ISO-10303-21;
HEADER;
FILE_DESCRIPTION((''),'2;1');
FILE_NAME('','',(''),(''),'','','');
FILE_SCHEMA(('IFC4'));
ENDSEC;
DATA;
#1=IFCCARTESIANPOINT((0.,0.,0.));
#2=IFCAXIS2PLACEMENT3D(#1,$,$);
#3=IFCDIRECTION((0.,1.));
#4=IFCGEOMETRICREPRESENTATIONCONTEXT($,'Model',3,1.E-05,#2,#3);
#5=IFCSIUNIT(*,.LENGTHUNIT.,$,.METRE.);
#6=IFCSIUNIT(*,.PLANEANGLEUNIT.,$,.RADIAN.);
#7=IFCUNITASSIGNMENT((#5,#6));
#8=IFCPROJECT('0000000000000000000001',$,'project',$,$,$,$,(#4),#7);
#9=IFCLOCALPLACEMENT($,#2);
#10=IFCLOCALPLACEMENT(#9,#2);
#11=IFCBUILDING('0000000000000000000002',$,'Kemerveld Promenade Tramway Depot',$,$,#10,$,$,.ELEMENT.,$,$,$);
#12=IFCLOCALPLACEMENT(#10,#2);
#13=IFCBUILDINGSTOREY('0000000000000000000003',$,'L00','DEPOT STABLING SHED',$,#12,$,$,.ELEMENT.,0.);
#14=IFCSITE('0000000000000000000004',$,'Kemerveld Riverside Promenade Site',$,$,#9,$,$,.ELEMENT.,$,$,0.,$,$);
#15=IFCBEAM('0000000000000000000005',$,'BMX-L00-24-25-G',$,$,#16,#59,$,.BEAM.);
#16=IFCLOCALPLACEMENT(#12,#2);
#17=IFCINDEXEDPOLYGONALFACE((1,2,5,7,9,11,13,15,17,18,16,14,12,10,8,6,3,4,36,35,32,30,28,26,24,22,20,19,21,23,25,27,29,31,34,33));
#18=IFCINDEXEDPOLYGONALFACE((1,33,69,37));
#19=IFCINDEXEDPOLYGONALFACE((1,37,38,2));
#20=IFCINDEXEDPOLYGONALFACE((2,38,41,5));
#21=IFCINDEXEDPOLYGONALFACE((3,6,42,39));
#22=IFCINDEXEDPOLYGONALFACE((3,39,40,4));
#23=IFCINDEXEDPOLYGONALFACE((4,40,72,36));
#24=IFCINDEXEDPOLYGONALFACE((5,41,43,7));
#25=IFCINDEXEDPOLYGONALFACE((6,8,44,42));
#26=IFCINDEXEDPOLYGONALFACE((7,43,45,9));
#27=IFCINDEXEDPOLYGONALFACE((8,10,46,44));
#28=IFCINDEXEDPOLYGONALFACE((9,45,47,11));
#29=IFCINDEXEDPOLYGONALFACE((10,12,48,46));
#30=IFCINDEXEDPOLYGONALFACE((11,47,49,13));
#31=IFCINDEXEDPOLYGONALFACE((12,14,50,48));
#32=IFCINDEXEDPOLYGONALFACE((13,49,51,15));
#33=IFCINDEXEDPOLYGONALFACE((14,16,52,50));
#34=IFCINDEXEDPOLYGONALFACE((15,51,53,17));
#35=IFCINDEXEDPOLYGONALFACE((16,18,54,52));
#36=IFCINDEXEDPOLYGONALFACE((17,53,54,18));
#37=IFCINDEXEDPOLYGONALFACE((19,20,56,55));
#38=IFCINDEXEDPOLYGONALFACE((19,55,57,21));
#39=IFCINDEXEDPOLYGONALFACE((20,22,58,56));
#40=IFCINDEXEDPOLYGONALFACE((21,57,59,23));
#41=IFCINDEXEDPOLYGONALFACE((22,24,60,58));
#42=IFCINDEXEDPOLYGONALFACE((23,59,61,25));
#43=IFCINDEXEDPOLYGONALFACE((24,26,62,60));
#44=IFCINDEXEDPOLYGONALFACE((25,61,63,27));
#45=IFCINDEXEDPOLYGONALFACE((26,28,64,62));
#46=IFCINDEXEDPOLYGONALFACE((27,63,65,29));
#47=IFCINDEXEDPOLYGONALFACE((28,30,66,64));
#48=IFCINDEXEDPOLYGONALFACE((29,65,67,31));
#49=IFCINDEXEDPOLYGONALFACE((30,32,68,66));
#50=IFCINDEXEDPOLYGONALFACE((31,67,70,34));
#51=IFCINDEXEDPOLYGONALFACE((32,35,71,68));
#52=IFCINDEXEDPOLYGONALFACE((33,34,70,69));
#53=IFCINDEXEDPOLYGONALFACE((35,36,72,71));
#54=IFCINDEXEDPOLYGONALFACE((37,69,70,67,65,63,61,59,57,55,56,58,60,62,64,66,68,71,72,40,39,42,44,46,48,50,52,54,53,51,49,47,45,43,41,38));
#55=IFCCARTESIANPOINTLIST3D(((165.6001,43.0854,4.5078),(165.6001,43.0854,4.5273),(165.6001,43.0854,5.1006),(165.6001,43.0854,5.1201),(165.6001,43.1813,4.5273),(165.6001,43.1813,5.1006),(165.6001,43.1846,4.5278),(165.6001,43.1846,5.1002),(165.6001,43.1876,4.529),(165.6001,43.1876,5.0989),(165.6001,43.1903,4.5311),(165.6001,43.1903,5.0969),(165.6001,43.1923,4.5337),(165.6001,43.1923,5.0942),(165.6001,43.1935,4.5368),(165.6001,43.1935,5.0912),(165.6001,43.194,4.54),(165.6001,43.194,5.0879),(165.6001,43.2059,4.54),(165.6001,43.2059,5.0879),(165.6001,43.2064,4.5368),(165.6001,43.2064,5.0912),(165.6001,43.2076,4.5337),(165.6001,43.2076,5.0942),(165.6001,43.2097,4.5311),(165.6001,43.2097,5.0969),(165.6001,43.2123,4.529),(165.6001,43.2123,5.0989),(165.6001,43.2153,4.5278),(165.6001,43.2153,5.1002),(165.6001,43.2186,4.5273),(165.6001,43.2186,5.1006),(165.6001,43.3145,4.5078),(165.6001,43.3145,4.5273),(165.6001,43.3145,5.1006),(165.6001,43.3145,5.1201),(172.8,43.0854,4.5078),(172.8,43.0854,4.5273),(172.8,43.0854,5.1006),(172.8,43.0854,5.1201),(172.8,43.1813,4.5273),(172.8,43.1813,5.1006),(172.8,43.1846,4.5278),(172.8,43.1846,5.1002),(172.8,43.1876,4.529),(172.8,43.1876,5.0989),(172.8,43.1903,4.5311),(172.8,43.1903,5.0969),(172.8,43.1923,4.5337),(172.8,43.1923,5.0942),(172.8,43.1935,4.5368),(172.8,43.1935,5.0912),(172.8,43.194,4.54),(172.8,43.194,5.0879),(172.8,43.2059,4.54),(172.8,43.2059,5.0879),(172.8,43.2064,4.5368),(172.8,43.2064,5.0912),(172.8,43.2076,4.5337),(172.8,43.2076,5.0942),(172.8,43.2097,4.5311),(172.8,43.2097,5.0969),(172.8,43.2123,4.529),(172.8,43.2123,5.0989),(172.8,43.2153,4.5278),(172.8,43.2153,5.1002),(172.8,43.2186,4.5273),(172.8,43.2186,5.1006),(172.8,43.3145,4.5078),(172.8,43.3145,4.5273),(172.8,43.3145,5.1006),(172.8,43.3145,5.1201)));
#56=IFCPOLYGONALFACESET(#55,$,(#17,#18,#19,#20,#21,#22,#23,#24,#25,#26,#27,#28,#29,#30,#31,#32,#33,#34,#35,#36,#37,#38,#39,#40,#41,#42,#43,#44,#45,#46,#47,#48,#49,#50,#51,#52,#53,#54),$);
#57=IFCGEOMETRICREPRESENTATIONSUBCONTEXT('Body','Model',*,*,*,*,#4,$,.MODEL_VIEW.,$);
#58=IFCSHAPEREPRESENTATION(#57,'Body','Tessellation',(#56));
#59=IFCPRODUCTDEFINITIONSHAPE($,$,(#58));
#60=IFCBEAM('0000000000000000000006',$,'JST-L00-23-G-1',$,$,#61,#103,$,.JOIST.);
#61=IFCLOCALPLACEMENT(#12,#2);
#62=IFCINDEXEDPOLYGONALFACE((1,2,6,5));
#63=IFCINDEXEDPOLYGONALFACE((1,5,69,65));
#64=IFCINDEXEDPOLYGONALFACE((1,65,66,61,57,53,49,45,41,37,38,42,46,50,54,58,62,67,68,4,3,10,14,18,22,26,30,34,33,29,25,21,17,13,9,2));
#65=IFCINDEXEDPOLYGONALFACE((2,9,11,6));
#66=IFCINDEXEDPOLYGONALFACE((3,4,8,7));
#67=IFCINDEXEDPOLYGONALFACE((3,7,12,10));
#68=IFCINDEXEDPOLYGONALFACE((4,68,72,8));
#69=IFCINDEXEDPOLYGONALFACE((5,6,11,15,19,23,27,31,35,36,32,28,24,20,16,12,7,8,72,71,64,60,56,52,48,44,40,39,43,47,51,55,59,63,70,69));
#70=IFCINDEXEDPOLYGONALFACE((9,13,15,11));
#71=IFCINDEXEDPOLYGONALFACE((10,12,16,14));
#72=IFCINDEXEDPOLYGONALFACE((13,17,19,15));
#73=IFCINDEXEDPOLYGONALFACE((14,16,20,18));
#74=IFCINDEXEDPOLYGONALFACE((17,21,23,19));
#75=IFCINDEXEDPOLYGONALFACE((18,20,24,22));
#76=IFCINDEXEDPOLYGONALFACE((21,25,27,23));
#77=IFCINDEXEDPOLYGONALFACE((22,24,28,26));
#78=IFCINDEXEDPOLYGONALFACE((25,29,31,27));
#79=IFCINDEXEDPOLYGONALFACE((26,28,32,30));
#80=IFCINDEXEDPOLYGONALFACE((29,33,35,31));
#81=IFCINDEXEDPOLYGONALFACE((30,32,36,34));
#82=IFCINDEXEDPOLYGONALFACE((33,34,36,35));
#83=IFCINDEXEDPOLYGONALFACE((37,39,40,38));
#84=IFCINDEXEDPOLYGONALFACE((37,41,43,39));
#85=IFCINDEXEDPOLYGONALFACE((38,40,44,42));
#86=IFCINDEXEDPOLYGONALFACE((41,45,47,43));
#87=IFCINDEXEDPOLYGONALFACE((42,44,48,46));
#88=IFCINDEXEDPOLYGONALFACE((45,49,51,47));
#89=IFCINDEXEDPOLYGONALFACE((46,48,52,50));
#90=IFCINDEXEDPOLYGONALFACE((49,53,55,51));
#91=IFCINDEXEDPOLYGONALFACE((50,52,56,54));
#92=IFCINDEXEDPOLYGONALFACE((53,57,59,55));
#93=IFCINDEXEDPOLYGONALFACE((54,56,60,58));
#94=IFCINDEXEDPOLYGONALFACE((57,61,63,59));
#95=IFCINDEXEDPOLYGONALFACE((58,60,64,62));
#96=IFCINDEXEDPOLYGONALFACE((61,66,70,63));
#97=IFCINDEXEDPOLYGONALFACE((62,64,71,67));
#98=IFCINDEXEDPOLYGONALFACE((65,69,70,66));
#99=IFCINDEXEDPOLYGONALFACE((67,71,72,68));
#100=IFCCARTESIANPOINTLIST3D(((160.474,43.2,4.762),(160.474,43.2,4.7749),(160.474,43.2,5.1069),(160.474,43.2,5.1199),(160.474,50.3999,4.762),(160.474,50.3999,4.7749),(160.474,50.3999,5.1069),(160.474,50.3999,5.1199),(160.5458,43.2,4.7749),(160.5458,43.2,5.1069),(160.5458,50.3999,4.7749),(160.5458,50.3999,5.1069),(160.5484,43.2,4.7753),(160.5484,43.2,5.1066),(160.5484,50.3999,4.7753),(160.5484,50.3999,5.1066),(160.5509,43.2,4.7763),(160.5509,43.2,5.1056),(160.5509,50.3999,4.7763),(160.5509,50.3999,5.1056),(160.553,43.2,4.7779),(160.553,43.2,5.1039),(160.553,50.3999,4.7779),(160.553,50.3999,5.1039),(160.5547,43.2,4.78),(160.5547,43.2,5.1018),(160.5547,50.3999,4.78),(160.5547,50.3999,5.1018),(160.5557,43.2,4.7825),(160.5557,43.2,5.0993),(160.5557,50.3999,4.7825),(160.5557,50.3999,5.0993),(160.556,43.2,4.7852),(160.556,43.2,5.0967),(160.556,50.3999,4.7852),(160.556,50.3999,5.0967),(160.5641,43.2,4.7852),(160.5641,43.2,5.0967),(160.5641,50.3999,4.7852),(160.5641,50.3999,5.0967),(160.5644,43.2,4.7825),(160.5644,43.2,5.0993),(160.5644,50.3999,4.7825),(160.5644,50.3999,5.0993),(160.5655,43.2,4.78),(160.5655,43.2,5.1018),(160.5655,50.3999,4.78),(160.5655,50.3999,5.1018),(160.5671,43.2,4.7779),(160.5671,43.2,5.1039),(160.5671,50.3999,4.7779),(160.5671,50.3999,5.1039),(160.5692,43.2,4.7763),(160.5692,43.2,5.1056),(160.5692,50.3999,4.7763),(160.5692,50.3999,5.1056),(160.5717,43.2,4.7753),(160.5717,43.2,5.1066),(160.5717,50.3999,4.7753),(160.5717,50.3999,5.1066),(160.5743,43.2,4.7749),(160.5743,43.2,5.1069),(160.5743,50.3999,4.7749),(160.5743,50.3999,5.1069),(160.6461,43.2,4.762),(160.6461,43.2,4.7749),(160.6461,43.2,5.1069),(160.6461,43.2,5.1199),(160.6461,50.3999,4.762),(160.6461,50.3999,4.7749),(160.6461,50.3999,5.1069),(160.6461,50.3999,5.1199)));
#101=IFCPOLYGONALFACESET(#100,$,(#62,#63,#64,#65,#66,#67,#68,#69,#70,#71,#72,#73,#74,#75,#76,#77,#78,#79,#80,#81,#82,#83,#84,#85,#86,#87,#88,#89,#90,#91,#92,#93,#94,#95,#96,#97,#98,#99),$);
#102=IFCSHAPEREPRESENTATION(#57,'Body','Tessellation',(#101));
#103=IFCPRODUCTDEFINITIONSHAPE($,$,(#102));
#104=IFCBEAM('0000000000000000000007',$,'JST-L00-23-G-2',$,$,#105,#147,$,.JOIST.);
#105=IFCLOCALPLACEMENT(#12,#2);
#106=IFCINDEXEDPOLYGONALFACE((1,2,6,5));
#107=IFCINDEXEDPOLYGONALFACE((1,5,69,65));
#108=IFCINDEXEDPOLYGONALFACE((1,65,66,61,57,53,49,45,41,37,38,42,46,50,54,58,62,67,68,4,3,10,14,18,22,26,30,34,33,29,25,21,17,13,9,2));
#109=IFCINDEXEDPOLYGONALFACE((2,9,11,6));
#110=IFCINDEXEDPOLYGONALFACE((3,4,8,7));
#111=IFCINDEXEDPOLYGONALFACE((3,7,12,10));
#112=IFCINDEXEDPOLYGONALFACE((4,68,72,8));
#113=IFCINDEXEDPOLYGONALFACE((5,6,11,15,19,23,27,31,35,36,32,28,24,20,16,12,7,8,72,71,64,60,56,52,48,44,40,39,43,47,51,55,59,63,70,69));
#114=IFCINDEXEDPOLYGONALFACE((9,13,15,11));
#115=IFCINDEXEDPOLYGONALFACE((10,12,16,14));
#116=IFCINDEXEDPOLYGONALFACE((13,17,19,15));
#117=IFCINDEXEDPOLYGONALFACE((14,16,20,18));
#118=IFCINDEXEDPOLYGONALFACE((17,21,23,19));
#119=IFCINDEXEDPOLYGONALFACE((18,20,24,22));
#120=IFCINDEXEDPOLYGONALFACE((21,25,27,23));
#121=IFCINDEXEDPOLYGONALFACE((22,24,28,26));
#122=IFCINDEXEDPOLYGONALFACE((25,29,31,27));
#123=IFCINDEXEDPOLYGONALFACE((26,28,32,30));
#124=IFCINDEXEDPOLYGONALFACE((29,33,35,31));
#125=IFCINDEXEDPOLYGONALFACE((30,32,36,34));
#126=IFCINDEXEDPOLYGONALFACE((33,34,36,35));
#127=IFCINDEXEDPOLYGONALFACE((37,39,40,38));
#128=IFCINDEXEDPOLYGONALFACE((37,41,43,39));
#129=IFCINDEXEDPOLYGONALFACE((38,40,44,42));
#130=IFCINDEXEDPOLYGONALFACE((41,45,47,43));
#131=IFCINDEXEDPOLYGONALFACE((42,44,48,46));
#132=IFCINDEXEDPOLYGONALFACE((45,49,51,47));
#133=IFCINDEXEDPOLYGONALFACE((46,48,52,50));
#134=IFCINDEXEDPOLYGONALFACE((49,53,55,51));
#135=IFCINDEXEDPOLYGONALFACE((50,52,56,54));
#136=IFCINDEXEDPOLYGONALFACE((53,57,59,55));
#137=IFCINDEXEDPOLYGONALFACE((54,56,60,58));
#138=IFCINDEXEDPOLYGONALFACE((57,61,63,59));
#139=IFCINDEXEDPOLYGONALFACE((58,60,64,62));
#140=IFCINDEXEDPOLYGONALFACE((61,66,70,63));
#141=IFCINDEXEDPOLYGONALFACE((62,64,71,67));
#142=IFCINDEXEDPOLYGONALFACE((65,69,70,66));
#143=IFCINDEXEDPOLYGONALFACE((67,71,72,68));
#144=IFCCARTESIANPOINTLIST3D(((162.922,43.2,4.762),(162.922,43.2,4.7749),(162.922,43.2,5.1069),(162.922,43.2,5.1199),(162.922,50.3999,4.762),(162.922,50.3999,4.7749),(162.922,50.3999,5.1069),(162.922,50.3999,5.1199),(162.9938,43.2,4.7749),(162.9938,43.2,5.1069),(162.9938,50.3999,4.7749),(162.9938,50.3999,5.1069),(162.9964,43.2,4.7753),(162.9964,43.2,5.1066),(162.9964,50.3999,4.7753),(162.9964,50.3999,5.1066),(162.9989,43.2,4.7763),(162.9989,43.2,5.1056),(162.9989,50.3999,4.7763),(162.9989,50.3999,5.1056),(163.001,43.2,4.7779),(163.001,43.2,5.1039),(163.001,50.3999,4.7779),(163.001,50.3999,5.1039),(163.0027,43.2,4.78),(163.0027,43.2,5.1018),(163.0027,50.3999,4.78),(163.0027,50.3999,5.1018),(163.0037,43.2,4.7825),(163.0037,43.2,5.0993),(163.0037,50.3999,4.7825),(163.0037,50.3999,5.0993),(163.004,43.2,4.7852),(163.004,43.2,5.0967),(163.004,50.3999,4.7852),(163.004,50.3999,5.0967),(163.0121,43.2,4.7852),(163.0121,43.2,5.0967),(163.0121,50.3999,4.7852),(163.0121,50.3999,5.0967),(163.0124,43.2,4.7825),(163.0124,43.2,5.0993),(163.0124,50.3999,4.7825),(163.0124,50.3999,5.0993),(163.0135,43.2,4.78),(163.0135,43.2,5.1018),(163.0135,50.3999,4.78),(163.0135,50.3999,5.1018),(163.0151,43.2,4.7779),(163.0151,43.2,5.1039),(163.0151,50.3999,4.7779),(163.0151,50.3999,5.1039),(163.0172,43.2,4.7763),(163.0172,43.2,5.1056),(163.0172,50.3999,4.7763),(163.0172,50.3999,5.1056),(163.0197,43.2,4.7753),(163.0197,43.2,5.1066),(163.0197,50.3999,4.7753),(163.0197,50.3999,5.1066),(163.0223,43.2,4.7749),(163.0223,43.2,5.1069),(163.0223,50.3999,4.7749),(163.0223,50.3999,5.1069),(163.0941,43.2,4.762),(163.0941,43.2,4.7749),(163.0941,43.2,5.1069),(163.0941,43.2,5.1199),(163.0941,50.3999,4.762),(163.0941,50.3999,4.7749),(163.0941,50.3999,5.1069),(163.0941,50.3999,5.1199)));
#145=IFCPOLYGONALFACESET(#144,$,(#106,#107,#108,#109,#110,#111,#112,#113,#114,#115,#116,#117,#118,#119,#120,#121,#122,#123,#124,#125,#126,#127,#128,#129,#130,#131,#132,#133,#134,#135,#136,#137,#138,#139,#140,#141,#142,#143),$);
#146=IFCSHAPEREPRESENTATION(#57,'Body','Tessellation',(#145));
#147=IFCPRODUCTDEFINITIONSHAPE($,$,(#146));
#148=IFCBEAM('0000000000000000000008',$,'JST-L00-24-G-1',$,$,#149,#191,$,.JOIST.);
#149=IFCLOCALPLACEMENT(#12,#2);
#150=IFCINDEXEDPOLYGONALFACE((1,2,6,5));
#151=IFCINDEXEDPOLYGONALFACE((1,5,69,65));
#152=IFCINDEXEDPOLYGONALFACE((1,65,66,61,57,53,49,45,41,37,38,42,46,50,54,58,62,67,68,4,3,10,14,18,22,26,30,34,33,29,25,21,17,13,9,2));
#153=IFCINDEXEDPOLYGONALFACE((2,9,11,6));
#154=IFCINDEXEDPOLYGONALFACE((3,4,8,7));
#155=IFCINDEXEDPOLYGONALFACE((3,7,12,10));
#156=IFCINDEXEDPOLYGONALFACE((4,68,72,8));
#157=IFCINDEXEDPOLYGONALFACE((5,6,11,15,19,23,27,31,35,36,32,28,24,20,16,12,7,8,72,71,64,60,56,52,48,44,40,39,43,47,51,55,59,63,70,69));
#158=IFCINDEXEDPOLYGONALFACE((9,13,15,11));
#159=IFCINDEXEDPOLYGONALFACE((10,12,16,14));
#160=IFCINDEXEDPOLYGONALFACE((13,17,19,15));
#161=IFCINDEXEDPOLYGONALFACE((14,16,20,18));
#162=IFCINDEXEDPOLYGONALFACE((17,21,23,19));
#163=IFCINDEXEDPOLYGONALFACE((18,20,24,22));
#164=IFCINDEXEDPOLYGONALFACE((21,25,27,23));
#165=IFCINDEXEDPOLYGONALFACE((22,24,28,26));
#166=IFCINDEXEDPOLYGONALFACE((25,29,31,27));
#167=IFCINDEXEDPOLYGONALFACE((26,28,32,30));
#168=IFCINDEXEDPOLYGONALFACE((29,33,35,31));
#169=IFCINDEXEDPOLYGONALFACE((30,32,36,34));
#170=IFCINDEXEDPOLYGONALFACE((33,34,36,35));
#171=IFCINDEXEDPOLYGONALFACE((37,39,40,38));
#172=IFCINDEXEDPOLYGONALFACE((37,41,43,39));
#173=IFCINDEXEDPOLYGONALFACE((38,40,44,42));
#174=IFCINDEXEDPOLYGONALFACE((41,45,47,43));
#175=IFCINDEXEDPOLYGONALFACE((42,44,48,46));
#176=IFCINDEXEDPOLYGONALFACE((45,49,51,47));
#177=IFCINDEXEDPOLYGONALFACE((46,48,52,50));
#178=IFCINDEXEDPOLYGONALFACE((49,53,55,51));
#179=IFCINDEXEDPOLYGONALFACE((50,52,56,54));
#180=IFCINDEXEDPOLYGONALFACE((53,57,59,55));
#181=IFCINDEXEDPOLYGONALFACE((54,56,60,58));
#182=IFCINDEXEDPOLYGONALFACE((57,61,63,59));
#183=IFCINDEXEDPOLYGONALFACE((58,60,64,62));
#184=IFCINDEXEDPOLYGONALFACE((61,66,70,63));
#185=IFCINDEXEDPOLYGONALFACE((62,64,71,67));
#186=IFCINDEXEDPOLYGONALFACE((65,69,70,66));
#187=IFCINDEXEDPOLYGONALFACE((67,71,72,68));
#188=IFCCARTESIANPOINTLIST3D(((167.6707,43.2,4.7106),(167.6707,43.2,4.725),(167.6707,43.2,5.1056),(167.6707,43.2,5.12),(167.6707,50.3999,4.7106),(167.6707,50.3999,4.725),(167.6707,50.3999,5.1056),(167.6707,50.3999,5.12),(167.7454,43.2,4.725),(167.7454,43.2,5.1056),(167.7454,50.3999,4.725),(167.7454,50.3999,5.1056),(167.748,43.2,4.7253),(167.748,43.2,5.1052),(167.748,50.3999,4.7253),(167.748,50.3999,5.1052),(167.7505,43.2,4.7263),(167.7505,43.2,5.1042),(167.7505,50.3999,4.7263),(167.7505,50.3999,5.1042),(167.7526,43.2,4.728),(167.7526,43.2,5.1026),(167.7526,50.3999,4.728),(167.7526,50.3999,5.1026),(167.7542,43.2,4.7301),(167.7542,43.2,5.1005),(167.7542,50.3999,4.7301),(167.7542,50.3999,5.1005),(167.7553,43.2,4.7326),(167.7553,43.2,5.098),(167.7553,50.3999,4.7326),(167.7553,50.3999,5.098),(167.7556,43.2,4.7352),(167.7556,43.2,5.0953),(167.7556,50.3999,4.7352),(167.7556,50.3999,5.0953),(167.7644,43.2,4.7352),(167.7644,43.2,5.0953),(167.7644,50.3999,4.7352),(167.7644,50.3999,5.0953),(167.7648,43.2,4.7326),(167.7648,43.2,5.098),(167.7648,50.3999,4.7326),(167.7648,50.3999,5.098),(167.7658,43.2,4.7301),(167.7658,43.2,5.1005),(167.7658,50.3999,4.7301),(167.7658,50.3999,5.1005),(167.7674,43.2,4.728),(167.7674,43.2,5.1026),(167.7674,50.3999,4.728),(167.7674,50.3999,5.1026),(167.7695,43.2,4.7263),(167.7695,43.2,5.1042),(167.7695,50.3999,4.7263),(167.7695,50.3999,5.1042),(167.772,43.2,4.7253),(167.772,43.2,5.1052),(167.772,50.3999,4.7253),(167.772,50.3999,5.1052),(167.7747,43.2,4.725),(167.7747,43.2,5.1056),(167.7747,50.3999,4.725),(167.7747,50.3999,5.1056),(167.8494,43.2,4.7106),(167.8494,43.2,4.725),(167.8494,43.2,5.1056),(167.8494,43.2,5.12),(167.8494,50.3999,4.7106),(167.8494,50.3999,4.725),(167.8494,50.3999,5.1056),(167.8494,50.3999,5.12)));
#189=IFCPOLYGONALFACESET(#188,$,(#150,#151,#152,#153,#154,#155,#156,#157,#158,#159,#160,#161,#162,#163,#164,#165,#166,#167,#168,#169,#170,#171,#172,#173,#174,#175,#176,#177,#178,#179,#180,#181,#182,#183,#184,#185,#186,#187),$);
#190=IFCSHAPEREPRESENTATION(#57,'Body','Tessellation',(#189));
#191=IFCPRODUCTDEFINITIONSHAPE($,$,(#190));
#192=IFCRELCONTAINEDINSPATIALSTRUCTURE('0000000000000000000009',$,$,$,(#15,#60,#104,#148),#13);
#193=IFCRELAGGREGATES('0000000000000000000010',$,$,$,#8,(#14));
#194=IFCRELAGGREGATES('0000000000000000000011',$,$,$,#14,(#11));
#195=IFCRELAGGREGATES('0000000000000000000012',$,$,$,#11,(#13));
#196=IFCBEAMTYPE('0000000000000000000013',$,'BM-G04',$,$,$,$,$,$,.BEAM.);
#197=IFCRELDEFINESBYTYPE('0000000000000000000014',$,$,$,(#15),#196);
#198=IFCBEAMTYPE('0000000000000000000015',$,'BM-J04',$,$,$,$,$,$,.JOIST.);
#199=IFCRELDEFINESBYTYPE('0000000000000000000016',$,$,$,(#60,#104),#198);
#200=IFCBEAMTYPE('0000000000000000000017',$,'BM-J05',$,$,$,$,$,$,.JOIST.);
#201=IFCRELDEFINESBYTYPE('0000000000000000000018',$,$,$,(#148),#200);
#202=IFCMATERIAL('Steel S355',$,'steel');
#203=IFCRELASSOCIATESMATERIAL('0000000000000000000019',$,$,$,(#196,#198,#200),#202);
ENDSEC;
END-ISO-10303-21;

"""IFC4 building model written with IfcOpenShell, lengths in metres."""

from ifc_helpers import new_model, si_unit, direction, frame, origin, origin_2d, place, context, subcontext, project, spatial, i_section, extrude, material, material_profile, profile_set, type_object, element, save


model = new_model("IFC4")

# Units and contexts
model_context = context("Model", 3, precision=1e-05, world=origin(), true_north=direction((0.0, 1.0)))
body_context = subcontext(model_context, "Body", "Model", "MODEL_VIEW")
ifc_project = project(units=[si_unit("LENGTHUNIT", "METRE"), si_unit("PLANEANGLEUNIT", "RADIAN")], contexts=[model_context])

# Site, building, storey
site_placement = place(None, origin())
site = spatial("IfcSite", under=ifc_project, at=site_placement, Name="Kemerveld Riverside Promenade Site", CompositionType="ELEMENT", RefElevation=0.0)
building_placement = place(site_placement, origin())
building = spatial("IfcBuilding", under=site, at=building_placement, Name="Kemerveld Promenade Tramway Depot", CompositionType="ELEMENT")
storey_placement = place(building_placement, origin())
storey = spatial("IfcBuildingStorey", under=building, at=storey_placement, Name="L00", Description="DEPOT STABLING SHED", CompositionType="ELEMENT", Elevation=0.0)

# Shared definitions
ifc_material_1 = material(Name="Steel S355", Category="steel")

# Beams
ifc_material_profile_1 = material_profile(ifc_material_1, i_section(OverallWidth=0.229, OverallDepth=0.6123, WebThickness=0.012, FlangeThickness=0.0195, FilletRadius=0.0127, at=origin_2d()), Name="610x229x125 UB")
ifc_profile_set_1 = profile_set([ifc_material_profile_1], Name="Steel S355")
beam_type_1 = type_object("IfcBeamType", Name="BM-G04", PredefinedType="BEAM", material=ifc_profile_set_1)
beam_1_placement = place(storey_placement, frame((165.6001, 43.2, 4.814), z_axis=(1.0, 0.0, 0.0), x_axis=(0.0, 1.0, 0.0)))
element("IfcBeam", 1, at=beam_1_placement, inside=storey, type_object=beam_type_1, Name="BMX-L00-24-25-G", PredefinedType="BEAM", context=body_context, shape_type="SweptSolid", body=[
    extrude(i_section(OverallWidth=0.229, OverallDepth=0.6123, WebThickness=0.012, FlangeThickness=0.0195, FilletRadius=0.0127, at=origin_2d()), origin(), (0.0, 0.0, 1.0), 7.2),
])
ifc_material_profile_2 = material_profile(ifc_material_1, i_section(OverallWidth=0.1721, OverallDepth=0.3579, WebThickness=0.0081, FlangeThickness=0.0129, FilletRadius=0.0103, at=origin_2d()), Name="356x171x57 UB")
ifc_profile_set_2 = profile_set([ifc_material_profile_2], Name="Steel S355")
beam_type_2 = type_object("IfcBeamType", Name="BM-J04", PredefinedType="JOIST", material=ifc_profile_set_2)
for number, where, z_axis, x_axis, name in (
    (2, (160.5601, 43.2, 4.9409), (0.0, 1.0, 0.0), (-1.0, 0.0, 0.0), "JST-L00-23-G-1"),
    (3, (163.0081, 43.2, 4.9409), (0.0, 1.0, 0.0), (-1.0, 0.0, 0.0), "JST-L00-23-G-2"),
):
    element("IfcBeam", number, at=place(storey_placement, frame(where, z_axis=z_axis, x_axis=x_axis)), inside=storey, type_object=beam_type_2, Name=name, PredefinedType="JOIST", context=body_context, shape_type="SweptSolid", body=[
        extrude(i_section(OverallWidth=0.1721, OverallDepth=0.3579, WebThickness=0.0081, FlangeThickness=0.0129, FilletRadius=0.0103, at=origin_2d()), origin(), (0.0, 0.0, 1.0), 7.2),
    ])
ifc_material_profile_3 = material_profile(ifc_material_1, i_section(OverallWidth=0.1787, OverallDepth=0.4094, WebThickness=0.0088, FlangeThickness=0.0144, FilletRadius=0.0103, at=origin_2d()), Name="406x178x67 UB")
ifc_profile_set_3 = profile_set([ifc_material_profile_3], Name="Steel S355")
beam_type_3 = type_object("IfcBeamType", Name="BM-J05", PredefinedType="JOIST", material=ifc_profile_set_3)
beam_2_placement = place(storey_placement, frame((167.76, 43.2, 4.9153), z_axis=(0.0, 1.0, 0.0), x_axis=(-1.0, 0.0, 0.0)))
element("IfcBeam", 4, at=beam_2_placement, inside=storey, type_object=beam_type_3, Name="JST-L00-24-G-1", PredefinedType="JOIST", context=body_context, shape_type="SweptSolid", body=[
    extrude(i_section(OverallWidth=0.1787, OverallDepth=0.4094, WebThickness=0.0088, FlangeThickness=0.0144, FilletRadius=0.0103, at=origin_2d()), origin(), (0.0, 0.0, 1.0), 7.2),
])

save(model, "model.ifc")
